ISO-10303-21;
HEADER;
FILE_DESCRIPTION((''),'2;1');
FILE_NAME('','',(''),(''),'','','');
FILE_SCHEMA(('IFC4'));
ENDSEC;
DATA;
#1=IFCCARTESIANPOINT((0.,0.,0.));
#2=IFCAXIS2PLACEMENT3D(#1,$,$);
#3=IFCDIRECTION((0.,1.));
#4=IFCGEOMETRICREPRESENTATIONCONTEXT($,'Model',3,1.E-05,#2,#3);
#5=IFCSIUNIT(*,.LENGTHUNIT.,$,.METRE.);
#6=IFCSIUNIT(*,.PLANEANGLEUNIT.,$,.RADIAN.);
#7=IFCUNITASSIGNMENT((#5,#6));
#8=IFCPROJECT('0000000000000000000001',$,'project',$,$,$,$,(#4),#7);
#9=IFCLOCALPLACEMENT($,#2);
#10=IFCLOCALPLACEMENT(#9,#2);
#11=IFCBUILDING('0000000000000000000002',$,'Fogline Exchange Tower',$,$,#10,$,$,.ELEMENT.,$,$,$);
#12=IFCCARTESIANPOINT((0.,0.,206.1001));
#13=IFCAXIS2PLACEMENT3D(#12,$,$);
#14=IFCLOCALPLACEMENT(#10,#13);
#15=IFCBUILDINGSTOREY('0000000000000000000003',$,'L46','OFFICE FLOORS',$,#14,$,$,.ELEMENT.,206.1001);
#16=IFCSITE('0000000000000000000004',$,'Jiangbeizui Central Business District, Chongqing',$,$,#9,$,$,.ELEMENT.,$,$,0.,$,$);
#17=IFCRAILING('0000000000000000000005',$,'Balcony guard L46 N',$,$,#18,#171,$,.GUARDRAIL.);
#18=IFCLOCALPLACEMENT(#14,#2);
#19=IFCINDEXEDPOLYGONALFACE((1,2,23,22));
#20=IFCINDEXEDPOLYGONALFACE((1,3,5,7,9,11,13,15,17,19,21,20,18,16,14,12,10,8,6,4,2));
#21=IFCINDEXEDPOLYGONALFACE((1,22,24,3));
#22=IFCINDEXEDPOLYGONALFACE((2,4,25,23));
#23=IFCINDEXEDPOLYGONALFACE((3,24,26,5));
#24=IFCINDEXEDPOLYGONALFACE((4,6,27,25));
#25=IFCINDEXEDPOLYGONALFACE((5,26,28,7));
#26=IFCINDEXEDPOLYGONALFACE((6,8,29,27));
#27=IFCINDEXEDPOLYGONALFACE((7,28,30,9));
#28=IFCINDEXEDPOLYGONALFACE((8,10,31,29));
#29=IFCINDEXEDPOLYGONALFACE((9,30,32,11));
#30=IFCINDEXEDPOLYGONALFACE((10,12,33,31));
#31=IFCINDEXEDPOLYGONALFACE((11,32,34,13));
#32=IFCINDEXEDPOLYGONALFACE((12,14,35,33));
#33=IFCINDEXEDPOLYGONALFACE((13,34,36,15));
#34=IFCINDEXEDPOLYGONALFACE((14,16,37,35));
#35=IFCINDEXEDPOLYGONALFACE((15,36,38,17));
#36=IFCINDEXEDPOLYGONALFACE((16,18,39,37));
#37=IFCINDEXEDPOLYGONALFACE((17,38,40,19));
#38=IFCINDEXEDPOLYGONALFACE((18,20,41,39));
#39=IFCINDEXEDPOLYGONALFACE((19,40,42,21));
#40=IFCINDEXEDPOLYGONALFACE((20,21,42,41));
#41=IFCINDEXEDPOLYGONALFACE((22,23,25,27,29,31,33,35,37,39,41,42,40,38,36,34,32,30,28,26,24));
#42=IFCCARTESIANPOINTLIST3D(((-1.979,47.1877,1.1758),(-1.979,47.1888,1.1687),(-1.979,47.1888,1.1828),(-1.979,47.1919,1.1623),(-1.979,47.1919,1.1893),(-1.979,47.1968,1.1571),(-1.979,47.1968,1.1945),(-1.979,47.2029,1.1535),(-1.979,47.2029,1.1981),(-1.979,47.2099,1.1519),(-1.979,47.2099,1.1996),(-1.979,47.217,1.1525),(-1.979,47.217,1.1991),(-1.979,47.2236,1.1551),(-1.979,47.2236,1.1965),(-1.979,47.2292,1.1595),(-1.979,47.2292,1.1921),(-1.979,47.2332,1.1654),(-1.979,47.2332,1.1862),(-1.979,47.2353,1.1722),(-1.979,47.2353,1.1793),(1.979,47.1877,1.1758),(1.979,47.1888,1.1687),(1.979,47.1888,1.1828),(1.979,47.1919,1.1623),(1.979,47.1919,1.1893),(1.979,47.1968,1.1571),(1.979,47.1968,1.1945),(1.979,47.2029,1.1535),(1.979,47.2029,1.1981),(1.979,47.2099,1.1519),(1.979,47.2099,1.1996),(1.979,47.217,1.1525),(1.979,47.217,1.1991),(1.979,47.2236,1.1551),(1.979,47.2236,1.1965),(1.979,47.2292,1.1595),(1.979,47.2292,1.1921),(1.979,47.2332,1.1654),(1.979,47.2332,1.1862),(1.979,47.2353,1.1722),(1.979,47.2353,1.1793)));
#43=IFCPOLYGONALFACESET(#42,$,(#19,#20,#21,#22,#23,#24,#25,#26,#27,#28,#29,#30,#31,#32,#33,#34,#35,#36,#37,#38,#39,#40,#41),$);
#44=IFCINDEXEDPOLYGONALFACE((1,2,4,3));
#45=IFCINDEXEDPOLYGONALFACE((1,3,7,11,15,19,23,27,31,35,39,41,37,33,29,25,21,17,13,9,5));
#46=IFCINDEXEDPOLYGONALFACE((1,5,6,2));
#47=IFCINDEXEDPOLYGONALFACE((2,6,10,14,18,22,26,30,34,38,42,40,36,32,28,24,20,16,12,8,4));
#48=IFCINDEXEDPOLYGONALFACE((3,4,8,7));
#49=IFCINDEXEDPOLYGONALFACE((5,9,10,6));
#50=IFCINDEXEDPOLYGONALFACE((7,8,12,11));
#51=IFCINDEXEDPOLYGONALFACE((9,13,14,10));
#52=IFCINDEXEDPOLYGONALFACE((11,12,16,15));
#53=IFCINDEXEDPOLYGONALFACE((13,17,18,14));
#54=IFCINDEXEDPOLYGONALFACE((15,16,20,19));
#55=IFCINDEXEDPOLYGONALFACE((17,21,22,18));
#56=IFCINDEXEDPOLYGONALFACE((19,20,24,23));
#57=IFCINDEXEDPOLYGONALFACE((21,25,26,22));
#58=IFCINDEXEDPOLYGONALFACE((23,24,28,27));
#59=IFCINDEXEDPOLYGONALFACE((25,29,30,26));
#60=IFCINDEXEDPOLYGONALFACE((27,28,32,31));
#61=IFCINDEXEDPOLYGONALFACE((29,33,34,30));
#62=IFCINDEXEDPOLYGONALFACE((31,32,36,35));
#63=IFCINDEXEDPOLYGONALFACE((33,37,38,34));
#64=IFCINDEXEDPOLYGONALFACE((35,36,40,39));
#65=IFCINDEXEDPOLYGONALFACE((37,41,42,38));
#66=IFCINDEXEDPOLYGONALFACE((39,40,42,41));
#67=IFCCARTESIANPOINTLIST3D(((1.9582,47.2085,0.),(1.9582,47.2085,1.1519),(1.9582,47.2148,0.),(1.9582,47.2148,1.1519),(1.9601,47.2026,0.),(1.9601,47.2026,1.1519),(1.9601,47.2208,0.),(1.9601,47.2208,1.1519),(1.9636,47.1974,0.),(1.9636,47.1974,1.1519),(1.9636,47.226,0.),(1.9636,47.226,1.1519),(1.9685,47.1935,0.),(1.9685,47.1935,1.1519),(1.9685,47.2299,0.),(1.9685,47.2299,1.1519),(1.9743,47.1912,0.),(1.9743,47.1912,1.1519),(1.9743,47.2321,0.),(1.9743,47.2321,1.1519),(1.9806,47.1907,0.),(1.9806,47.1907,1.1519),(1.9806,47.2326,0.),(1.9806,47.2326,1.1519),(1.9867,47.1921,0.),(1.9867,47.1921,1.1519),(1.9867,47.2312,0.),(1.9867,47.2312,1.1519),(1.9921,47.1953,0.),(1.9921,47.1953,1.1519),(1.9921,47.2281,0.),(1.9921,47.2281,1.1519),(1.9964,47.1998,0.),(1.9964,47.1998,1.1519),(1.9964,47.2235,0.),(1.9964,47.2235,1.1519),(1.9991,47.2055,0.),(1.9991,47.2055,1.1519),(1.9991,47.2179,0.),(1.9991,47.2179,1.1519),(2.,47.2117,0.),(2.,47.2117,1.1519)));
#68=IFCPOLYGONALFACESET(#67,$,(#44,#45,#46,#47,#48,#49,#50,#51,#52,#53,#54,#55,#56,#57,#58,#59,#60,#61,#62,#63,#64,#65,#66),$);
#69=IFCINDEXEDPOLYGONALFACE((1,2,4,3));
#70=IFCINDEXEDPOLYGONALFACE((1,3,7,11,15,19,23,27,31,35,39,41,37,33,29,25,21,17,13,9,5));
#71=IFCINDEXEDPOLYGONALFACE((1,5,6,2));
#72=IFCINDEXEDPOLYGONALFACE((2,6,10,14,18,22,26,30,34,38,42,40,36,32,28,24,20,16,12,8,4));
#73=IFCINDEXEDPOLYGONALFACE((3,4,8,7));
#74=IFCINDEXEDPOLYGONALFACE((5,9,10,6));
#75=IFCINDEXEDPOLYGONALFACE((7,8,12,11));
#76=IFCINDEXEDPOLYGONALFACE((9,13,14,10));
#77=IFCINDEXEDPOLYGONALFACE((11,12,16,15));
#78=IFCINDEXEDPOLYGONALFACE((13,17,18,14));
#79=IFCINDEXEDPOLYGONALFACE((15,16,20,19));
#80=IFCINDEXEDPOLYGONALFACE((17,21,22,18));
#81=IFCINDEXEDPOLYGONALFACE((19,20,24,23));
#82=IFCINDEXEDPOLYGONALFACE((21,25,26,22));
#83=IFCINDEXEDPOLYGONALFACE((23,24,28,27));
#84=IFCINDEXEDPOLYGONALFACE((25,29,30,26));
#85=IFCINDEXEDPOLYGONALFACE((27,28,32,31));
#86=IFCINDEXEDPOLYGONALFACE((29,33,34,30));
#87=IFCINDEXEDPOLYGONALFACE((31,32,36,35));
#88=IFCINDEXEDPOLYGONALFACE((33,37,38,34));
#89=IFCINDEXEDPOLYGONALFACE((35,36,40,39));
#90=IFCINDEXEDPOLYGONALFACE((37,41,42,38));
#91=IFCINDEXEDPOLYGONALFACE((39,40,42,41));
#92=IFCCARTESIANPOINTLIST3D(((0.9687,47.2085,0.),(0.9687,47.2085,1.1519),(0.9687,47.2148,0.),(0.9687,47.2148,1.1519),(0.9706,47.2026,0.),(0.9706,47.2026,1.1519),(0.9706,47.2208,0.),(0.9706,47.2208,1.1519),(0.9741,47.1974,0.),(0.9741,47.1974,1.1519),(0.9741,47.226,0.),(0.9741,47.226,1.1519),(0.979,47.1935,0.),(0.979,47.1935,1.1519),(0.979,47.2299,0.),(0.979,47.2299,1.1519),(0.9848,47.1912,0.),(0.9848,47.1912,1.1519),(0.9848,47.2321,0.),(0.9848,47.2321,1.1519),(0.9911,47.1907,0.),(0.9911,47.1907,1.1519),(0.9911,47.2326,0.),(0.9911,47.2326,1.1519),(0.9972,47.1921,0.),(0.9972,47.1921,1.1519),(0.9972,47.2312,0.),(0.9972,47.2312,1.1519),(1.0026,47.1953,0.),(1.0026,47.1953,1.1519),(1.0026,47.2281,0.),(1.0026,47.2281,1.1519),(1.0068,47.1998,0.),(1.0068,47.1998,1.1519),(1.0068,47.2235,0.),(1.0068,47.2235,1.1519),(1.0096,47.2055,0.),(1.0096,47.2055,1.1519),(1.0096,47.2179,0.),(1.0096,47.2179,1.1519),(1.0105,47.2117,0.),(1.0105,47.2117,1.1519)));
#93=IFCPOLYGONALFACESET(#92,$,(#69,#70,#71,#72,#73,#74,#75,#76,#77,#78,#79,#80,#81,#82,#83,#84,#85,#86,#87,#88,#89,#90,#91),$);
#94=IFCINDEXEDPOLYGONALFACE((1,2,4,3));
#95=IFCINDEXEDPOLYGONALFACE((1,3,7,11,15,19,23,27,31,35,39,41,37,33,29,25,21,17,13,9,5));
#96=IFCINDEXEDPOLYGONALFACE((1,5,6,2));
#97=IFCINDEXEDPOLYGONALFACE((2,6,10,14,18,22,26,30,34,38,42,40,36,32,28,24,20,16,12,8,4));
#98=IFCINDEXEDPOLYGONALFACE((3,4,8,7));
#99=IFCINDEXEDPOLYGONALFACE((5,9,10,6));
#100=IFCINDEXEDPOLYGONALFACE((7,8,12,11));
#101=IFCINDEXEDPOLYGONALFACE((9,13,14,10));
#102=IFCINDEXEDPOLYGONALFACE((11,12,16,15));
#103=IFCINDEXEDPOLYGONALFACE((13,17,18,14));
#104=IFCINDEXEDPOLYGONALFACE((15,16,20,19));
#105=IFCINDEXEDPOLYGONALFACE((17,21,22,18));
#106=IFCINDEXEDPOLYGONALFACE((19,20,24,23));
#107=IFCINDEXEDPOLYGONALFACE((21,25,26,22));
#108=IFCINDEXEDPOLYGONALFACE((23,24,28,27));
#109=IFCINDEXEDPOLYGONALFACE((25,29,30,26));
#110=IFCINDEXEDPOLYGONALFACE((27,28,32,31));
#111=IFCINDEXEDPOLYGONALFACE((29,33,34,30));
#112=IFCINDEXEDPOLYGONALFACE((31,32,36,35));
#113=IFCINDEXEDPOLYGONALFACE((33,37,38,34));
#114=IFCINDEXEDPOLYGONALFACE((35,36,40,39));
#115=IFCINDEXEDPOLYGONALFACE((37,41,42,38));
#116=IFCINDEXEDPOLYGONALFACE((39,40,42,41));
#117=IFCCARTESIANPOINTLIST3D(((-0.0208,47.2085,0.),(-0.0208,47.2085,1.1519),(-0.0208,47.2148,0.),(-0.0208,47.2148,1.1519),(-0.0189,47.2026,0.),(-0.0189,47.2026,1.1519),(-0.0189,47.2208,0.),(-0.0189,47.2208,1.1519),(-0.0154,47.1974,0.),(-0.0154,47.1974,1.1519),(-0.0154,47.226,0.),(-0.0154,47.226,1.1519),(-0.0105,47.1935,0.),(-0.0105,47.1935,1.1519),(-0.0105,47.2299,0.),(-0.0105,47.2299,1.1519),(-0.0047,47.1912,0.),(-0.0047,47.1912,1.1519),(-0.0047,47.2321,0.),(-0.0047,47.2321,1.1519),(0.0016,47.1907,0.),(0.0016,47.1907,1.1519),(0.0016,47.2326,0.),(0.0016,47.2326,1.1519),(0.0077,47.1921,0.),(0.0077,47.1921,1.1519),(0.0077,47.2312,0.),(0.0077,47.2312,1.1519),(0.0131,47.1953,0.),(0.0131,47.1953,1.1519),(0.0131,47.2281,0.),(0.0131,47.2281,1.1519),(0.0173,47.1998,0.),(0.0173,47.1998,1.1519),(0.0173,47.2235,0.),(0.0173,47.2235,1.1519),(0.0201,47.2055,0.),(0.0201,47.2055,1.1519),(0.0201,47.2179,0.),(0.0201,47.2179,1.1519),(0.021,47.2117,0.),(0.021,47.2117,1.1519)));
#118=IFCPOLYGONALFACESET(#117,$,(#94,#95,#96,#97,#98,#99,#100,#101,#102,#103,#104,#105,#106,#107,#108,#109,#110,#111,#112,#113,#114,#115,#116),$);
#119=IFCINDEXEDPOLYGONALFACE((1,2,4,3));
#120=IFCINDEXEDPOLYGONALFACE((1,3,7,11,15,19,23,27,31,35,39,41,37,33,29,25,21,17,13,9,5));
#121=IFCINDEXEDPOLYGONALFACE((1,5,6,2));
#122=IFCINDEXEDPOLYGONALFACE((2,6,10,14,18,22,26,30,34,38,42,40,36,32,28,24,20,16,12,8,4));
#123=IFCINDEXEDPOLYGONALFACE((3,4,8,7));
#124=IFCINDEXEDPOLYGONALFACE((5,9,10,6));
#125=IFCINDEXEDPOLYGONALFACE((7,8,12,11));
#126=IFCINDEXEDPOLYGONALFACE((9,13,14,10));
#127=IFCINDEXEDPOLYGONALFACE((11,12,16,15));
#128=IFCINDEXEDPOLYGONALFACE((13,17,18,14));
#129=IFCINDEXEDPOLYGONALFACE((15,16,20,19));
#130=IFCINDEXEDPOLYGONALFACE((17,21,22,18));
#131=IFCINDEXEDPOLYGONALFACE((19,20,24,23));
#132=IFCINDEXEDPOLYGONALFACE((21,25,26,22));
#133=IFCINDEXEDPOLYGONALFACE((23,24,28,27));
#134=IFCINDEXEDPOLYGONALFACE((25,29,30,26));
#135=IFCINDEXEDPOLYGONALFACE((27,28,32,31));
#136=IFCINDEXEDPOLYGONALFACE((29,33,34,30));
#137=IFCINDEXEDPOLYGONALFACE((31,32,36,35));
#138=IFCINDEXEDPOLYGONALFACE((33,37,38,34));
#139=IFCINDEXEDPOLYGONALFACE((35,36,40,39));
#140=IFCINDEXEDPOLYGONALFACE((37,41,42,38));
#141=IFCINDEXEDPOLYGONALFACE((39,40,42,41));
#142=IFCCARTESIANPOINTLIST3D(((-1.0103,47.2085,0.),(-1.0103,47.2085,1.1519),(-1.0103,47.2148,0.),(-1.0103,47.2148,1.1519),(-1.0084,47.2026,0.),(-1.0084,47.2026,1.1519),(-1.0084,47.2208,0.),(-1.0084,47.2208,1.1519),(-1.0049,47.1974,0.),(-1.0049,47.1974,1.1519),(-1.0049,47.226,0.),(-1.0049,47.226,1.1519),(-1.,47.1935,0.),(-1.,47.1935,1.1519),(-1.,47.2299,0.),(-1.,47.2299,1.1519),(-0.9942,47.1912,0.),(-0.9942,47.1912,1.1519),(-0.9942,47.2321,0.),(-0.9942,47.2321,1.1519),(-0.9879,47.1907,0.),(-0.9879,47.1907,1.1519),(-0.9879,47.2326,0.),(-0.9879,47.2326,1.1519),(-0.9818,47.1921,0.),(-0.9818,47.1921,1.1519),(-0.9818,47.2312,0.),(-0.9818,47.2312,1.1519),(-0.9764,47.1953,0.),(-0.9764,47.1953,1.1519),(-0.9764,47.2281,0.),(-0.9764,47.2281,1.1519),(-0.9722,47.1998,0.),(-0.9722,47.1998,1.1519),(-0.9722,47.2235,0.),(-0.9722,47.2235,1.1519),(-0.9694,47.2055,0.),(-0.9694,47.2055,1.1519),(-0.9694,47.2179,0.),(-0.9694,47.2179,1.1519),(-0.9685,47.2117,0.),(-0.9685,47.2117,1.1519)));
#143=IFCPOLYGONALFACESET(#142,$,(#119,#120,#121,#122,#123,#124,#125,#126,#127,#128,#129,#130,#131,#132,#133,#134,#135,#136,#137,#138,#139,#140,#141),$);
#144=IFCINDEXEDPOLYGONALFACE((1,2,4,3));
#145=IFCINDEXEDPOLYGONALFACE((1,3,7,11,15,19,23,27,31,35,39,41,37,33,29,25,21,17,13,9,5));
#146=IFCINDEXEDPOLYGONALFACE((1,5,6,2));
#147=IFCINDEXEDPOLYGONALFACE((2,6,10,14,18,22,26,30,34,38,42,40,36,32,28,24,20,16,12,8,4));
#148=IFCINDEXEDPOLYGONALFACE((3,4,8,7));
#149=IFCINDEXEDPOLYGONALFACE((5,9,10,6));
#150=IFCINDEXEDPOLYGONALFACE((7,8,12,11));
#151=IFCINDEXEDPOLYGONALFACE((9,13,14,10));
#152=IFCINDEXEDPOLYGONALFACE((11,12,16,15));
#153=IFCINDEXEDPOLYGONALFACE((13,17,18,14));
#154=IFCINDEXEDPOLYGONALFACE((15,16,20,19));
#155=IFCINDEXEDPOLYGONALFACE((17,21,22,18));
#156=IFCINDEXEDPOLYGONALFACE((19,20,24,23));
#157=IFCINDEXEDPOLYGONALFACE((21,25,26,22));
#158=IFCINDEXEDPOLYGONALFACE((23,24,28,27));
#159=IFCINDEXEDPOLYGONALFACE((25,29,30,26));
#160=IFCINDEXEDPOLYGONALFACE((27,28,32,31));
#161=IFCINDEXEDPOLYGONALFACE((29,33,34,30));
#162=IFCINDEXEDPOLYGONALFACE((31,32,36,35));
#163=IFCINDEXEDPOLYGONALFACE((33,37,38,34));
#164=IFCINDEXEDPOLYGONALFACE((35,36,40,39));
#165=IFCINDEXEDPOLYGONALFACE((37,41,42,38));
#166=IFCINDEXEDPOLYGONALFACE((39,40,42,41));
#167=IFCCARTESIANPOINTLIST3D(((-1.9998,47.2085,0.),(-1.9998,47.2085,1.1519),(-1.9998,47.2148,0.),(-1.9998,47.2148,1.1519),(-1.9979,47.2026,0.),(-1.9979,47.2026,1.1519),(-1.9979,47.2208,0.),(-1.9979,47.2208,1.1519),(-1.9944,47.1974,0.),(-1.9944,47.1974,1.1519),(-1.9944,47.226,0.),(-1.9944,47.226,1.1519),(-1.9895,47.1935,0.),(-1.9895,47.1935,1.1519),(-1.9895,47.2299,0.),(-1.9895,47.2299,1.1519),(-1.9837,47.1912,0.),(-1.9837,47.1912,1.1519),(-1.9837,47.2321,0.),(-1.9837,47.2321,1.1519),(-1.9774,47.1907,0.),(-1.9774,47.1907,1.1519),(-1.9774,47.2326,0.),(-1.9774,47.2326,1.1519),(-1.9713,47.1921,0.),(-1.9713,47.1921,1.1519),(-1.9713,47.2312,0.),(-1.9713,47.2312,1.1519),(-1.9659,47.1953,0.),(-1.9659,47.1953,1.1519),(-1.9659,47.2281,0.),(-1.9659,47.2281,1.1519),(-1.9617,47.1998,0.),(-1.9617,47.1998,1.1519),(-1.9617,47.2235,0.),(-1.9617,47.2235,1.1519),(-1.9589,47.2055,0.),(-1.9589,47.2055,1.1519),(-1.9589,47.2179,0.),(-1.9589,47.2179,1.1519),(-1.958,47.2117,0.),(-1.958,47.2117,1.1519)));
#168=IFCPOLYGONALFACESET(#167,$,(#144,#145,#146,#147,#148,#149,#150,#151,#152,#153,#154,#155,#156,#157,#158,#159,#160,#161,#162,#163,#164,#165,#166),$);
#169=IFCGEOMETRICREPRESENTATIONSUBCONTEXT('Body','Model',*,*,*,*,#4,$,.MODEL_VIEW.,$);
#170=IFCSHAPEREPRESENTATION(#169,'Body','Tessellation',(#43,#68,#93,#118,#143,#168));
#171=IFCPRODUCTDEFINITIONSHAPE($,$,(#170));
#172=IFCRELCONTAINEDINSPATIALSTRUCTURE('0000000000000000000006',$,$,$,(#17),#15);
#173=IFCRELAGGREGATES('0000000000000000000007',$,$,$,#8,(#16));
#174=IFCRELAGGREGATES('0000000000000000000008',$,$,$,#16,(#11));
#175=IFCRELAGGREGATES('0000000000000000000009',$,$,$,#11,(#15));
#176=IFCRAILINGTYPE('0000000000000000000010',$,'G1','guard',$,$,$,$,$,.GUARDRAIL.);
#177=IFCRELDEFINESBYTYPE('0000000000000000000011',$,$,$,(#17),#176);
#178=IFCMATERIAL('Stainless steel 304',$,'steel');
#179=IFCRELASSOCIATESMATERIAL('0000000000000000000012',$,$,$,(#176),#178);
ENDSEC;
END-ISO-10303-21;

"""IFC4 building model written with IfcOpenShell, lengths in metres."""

from ifc_helpers import new_model, si_unit, direction, frame, origin, origin_2d, place, context, subcontext, project, spatial, circle, extrude, material, type_object, element, save


model = new_model("IFC4")

# Units and contexts
model_context = context("Model", 3, precision=1e-05, world=origin(), true_north=direction((0.0, 1.0)))
body_context = subcontext(model_context, "Body", "Model", "MODEL_VIEW")
ifc_project = project(units=[si_unit("LENGTHUNIT", "METRE"), si_unit("PLANEANGLEUNIT", "RADIAN")], contexts=[model_context])

# Site, building, storey
site_placement = place(None, origin())
site = spatial("IfcSite", under=ifc_project, at=site_placement, Name="Jiangbeizui Central Business District, Chongqing", CompositionType="ELEMENT", RefElevation=0.0)
building_placement = place(site_placement, origin())
building = spatial("IfcBuilding", under=site, at=building_placement, Name="Fogline Exchange Tower", CompositionType="ELEMENT")
storey_placement = place(building_placement, frame((0.0, 0.0, 206.1001)))
storey = spatial("IfcBuildingStorey", under=building, at=storey_placement, Name="L46", Description="OFFICE FLOORS", CompositionType="ELEMENT", Elevation=206.1001)

# Railing
ifc_material_1 = material(Name="Stainless steel 304", Category="steel")
railing_type = type_object("IfcRailingType", Name="G1", Description="guard", PredefinedType="GUARDRAIL", material=ifc_material_1)
railing_placement = place(storey_placement, frame((1.979, 47.2117, 0.0)))
element("IfcRailing", 1, at=railing_placement, inside=storey, type_object=railing_type, Name="Balcony guard L46 N", PredefinedType="GUARDRAIL", context=body_context, shape_type="SweptSolid", body=[
    extrude(circle(Radius=0.0239, at=origin_2d()), frame((0.0, 0.0, 1.1758), z_axis=(-1.0, 0.0, 0.0), x_axis=(0.0, -1.0, 0.0)), (0.0, 0.0, 1.0), 3.958),
    extrude(circle(Radius=0.021, at=origin_2d()), origin(), (0.0, 0.0, 1.0), 1.1519),
    extrude(circle(Radius=0.021, at=origin_2d()), frame((-0.9895, 0.0, 0.0)), (0.0, 0.0, 1.0), 1.1519),
    extrude(circle(Radius=0.021, at=origin_2d()), frame((-1.979, 0.0, 0.0)), (0.0, 0.0, 1.0), 1.1519),
    extrude(circle(Radius=0.021, at=origin_2d()), frame((-2.9685, 0.0, 0.0)), (0.0, 0.0, 1.0), 1.1519),
    extrude(circle(Radius=0.021, at=origin_2d()), frame((-3.958, 0.0, 0.0)), (0.0, 0.0, 1.0), 1.1519),
])

save(model, "model.ifc")
